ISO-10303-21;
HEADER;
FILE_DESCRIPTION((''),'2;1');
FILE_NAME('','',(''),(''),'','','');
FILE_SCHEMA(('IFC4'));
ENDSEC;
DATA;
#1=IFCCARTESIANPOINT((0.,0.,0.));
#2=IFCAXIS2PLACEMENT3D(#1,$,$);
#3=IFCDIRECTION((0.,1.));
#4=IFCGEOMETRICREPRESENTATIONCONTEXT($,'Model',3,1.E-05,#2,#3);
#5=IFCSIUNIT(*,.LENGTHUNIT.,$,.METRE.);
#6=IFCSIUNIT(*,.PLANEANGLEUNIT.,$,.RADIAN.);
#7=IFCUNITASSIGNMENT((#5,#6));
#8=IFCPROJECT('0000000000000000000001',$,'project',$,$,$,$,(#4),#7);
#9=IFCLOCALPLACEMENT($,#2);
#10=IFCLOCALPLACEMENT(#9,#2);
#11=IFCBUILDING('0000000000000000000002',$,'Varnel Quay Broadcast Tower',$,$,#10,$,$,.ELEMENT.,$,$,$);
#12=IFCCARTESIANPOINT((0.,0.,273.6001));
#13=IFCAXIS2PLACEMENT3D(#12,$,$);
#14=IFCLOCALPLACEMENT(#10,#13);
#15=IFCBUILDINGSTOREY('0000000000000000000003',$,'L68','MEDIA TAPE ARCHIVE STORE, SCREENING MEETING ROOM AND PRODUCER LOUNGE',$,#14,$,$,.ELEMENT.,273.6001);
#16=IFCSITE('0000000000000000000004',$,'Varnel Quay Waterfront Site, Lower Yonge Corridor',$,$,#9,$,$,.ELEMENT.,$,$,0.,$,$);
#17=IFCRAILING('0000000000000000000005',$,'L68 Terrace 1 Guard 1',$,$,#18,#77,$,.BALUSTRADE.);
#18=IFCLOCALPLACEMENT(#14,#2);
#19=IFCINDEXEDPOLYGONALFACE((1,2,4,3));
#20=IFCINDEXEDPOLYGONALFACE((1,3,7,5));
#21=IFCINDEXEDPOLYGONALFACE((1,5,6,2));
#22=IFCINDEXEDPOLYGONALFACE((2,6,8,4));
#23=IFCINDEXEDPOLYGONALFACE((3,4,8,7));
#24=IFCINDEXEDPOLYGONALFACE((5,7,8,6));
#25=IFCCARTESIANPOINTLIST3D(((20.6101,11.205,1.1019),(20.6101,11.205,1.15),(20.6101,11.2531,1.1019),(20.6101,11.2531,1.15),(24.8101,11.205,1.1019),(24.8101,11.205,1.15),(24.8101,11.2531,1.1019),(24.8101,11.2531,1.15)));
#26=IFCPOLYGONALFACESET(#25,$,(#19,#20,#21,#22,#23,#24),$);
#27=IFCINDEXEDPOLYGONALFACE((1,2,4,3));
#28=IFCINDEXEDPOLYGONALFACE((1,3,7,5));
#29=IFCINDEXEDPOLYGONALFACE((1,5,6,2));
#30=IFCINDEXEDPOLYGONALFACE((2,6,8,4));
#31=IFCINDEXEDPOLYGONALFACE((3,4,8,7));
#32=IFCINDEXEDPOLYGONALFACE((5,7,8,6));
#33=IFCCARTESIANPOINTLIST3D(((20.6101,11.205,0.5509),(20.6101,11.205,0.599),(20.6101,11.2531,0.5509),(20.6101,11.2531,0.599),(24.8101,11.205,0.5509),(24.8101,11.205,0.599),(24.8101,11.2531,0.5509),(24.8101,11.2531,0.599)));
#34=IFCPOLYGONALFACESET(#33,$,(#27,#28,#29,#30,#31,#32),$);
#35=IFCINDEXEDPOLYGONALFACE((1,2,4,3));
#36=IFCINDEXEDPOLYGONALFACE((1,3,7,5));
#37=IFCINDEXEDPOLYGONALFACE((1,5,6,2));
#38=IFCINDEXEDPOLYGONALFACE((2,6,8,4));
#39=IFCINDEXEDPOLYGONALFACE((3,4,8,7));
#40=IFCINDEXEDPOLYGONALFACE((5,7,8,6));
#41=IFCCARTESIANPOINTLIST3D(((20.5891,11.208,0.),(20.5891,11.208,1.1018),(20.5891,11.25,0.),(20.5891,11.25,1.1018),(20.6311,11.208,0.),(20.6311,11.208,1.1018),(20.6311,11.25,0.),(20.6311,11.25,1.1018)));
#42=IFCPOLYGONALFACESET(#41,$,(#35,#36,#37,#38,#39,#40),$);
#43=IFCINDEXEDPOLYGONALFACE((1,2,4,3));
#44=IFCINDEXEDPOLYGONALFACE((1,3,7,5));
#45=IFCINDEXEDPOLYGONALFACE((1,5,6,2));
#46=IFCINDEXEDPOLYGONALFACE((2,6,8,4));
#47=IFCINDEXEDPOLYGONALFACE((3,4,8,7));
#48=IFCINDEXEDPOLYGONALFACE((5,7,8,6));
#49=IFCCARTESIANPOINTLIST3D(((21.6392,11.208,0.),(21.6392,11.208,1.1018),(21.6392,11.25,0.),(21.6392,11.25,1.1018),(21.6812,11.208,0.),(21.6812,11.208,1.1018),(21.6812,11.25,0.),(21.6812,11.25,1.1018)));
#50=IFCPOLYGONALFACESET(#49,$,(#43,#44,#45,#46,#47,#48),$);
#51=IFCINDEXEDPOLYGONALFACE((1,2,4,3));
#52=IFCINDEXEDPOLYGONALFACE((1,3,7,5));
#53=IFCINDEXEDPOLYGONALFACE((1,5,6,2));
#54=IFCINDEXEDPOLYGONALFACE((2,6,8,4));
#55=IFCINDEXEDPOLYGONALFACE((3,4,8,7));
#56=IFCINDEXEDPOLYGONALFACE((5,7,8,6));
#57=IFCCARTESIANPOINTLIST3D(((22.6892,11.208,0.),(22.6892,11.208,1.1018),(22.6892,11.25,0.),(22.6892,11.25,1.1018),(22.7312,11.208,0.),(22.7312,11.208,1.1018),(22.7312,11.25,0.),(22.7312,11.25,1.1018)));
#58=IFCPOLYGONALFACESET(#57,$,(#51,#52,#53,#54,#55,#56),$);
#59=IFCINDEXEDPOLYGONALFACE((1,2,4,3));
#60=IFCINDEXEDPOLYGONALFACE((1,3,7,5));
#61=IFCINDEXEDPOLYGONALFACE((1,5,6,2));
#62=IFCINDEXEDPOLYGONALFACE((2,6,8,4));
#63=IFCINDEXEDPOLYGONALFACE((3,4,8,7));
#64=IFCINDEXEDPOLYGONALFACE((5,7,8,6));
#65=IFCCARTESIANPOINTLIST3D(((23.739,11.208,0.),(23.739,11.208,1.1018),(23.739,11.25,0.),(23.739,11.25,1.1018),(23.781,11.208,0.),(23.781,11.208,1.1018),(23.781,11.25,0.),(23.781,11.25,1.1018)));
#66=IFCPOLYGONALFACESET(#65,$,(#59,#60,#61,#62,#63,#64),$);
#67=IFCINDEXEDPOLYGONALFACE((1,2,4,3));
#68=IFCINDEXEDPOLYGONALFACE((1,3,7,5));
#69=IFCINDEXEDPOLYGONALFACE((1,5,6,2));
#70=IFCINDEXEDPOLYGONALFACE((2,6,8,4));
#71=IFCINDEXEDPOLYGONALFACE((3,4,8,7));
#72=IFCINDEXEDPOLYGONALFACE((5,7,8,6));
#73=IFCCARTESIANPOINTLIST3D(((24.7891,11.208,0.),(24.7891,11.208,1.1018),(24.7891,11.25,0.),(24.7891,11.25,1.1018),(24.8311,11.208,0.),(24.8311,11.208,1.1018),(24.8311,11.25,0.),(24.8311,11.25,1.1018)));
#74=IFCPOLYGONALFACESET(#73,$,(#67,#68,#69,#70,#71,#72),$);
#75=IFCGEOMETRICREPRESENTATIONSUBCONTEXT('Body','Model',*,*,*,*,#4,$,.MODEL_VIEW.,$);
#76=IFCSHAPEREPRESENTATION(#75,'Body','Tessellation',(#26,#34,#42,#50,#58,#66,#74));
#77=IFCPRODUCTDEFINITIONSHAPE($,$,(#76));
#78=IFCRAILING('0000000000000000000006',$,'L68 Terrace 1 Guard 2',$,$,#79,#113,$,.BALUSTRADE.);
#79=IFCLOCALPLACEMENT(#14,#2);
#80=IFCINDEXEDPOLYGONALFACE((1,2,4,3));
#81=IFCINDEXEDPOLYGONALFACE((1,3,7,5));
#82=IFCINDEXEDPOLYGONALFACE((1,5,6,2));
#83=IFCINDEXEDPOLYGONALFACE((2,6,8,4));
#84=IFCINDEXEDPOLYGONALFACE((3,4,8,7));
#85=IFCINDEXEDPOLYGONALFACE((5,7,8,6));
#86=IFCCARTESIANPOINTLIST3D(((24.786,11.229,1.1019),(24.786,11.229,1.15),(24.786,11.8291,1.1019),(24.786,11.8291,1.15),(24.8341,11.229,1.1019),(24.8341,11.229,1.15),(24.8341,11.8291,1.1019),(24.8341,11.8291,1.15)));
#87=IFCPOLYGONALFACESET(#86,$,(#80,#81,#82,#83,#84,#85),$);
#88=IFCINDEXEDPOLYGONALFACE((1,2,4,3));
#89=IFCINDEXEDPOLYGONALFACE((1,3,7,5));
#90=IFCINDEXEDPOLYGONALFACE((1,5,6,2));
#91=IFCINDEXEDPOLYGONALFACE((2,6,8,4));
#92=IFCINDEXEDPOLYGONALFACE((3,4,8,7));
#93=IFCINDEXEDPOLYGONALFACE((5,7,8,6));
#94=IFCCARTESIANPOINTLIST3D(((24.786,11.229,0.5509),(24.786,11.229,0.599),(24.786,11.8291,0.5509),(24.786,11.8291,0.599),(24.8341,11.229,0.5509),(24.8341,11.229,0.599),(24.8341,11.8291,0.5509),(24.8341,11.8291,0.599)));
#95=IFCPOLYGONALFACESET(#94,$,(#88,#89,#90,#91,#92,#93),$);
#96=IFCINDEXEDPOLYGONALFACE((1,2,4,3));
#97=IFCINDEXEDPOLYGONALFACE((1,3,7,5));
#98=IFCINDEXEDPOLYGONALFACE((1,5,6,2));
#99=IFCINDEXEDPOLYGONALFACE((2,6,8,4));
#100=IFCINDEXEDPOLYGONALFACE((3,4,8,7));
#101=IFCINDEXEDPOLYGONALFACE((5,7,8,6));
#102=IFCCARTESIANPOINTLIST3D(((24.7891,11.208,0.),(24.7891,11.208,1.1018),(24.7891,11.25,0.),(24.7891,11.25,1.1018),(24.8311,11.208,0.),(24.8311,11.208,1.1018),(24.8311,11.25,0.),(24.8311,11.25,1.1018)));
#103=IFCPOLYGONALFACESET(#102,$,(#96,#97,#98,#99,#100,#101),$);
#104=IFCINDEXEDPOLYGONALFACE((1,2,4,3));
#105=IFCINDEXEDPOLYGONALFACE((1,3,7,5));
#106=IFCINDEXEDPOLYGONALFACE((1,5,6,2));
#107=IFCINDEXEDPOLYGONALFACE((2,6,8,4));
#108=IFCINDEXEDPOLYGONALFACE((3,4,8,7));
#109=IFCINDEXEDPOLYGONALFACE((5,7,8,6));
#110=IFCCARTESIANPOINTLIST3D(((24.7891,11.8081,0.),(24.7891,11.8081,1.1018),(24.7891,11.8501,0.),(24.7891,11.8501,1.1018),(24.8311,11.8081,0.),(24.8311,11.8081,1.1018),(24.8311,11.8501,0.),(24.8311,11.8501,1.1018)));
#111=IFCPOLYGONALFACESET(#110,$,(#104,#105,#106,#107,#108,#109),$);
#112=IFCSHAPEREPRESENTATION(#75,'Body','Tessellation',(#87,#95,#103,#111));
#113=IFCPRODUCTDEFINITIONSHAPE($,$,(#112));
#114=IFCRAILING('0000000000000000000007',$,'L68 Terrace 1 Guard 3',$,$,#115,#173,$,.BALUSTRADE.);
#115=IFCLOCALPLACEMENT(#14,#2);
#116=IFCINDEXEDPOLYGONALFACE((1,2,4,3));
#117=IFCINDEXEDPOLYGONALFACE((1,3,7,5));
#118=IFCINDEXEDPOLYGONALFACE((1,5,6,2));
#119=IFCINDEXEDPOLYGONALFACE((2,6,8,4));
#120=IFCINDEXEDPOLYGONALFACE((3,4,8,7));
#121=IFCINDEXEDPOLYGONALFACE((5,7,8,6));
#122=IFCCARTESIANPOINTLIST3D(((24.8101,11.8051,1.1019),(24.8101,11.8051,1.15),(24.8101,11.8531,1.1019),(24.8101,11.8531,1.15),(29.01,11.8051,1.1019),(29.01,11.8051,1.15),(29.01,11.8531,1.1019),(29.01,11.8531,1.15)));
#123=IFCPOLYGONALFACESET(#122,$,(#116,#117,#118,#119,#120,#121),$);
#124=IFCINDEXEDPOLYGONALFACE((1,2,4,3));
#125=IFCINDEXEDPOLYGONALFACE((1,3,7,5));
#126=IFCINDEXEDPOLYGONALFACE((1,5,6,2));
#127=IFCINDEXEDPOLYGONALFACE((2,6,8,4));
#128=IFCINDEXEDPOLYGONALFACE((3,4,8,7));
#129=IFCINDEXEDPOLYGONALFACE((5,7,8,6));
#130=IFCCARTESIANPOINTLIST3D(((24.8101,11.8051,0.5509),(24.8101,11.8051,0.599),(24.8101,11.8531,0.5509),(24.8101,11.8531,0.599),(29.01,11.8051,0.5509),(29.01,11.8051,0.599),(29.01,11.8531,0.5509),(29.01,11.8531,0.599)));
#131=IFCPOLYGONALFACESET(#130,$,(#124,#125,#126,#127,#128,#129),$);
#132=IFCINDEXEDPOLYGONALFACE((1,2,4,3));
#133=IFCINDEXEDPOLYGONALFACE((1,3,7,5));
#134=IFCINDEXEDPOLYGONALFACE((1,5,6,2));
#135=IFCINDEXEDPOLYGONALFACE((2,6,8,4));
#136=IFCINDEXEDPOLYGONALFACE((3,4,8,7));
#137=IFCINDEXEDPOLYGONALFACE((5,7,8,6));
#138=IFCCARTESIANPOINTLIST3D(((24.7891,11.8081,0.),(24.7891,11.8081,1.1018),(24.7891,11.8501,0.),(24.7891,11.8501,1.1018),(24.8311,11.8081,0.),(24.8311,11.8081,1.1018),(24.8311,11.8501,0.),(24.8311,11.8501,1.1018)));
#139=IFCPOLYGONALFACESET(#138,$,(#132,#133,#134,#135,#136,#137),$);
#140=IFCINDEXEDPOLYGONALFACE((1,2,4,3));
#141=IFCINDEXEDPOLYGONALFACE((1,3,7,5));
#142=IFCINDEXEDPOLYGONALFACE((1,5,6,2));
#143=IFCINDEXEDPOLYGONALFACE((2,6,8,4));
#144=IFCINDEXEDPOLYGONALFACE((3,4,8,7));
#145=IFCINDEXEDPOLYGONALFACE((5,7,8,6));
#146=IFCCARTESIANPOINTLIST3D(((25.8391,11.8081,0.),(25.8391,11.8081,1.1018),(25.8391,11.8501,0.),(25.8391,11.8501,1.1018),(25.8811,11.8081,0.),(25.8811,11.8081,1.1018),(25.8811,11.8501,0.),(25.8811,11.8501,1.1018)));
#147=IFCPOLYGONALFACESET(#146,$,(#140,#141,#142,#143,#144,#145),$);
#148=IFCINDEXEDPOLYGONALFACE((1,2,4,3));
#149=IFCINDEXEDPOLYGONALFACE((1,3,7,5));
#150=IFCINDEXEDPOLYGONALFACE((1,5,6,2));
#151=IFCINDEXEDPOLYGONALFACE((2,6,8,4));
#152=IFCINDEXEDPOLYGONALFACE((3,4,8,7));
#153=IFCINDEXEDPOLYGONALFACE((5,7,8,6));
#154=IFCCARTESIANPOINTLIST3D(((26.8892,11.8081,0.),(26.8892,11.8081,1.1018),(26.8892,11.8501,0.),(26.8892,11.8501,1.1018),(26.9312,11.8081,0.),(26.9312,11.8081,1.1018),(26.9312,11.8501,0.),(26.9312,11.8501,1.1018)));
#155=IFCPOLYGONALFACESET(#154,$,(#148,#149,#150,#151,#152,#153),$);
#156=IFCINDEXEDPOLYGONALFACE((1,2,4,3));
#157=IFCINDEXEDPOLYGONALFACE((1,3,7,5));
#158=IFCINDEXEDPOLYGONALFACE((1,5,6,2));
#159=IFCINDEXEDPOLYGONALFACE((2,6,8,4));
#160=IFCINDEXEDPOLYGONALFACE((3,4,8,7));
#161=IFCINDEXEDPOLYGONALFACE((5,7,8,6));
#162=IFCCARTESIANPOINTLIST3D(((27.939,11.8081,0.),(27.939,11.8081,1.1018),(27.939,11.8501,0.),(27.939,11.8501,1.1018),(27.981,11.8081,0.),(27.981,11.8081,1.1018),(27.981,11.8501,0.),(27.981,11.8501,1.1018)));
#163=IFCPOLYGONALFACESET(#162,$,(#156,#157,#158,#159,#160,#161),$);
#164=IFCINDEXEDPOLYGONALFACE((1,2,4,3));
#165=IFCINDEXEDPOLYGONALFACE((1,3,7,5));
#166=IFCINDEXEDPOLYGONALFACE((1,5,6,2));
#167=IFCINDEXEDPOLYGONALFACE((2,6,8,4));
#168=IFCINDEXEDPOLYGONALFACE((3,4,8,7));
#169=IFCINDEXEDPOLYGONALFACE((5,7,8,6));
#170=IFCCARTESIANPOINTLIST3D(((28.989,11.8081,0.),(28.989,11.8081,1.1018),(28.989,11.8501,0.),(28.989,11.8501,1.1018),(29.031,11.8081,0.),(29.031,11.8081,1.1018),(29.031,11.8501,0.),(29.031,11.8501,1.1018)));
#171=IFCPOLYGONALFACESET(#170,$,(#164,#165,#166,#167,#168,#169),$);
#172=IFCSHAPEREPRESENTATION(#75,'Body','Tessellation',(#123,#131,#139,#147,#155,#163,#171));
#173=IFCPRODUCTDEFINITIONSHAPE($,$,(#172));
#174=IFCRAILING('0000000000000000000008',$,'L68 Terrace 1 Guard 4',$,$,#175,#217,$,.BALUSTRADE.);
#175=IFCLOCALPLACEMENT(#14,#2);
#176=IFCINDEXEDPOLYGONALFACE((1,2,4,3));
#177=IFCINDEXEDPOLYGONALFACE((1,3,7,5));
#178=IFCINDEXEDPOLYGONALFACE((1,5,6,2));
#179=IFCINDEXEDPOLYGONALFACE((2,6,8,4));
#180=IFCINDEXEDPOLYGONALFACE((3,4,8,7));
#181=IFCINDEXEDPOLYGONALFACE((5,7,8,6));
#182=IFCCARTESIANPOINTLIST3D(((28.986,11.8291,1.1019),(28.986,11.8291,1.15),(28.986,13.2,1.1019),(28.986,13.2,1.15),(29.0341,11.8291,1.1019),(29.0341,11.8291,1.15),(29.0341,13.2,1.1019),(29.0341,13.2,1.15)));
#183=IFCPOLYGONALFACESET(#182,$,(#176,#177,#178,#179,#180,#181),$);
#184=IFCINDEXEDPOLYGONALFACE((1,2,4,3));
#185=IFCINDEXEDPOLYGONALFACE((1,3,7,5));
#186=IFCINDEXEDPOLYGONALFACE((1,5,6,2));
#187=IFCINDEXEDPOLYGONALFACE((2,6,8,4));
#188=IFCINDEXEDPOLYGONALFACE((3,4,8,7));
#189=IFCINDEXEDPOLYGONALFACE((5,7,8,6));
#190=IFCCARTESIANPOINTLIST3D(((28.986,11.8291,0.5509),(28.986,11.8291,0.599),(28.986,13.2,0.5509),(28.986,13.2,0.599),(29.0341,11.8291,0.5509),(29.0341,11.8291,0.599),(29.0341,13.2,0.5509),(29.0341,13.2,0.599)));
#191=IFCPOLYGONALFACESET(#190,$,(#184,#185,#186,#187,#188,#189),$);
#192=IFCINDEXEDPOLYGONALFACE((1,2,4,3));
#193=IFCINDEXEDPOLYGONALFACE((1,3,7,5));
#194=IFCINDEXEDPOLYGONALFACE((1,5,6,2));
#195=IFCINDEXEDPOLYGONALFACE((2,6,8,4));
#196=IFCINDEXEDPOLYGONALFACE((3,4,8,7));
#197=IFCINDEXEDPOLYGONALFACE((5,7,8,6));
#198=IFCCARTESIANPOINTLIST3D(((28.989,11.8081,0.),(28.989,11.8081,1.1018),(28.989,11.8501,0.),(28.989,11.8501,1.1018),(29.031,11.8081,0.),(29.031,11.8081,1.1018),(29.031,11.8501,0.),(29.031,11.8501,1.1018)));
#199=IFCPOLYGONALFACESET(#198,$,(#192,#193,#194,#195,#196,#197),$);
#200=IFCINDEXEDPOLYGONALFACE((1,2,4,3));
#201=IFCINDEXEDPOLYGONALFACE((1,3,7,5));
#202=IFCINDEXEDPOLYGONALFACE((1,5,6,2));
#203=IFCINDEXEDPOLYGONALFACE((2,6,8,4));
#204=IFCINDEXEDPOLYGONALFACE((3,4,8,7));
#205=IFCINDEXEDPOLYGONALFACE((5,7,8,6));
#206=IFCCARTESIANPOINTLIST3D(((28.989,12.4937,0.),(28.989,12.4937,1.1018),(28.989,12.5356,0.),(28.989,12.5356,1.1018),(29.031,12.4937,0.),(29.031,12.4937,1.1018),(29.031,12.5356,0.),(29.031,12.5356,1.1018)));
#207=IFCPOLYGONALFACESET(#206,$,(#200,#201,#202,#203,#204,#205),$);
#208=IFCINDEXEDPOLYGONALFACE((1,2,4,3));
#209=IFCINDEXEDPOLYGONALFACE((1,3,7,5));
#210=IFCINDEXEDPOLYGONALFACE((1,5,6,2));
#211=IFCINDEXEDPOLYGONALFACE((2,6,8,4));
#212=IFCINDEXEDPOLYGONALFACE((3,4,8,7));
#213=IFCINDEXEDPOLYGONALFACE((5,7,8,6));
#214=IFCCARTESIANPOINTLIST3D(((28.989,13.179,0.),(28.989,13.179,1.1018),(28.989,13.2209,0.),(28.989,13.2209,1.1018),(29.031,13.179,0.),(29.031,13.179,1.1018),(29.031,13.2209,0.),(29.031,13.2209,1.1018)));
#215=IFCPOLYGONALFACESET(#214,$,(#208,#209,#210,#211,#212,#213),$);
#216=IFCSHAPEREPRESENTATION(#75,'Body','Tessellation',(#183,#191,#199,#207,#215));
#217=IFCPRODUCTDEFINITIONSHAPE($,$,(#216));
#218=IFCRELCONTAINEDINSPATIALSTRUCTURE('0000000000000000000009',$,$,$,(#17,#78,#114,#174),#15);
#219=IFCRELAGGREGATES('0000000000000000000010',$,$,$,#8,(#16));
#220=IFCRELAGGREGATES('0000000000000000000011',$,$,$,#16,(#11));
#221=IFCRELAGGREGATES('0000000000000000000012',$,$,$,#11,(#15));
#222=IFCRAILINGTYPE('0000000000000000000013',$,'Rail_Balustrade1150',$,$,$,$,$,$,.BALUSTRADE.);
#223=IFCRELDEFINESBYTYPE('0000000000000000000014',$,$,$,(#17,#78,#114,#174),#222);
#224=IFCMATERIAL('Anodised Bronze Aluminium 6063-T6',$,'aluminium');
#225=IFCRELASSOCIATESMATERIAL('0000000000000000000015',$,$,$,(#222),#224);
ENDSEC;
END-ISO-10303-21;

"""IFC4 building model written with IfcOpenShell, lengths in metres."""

from ifc_helpers import new_model, si_unit, direction, frame, origin, origin_2d, place, context, subcontext, project, spatial, rectangle, extrude, material, type_object, element, save


model = new_model("IFC4")

# Units and contexts
model_context = context("Model", 3, precision=1e-05, world=origin(), true_north=direction((0.0, 1.0)))
body_context = subcontext(model_context, "Body", "Model", "MODEL_VIEW")
ifc_project = project(units=[si_unit("LENGTHUNIT", "METRE"), si_unit("PLANEANGLEUNIT", "RADIAN")], contexts=[model_context])

# Site, building, storey
site_placement = place(None, origin())
site = spatial("IfcSite", under=ifc_project, at=site_placement, Name="Varnel Quay Waterfront Site, Lower Yonge Corridor", CompositionType="ELEMENT", RefElevation=0.0)
building_placement = place(site_placement, origin())
building = spatial("IfcBuilding", under=site, at=building_placement, Name="Varnel Quay Broadcast Tower", CompositionType="ELEMENT")
storey_placement = place(building_placement, frame((0.0, 0.0, 273.6001)))
storey = spatial("IfcBuildingStorey", under=building, at=storey_placement, Name="L68", Description="MEDIA TAPE ARCHIVE STORE, SCREENING MEETING ROOM AND PRODUCER LOUNGE", CompositionType="ELEMENT", Elevation=273.6001)

# Shared definitions
ifc_material_1 = material(Name="Anodised Bronze Aluminium 6063-T6", Category="aluminium")

# Railings
railing_type = type_object("IfcRailingType", Name="Rail_Balustrade1150", PredefinedType="BALUSTRADE", material=ifc_material_1)
railing_1_placement = place(storey_placement, frame((20.6101, 11.229, 0.0)))
element("IfcRailing", 1, at=railing_1_placement, inside=storey, type_object=railing_type, Name="L68 Terrace 1 Guard 1", PredefinedType="BALUSTRADE", context=body_context, shape_type="SweptSolid", body=[
    extrude(rectangle(XDim=0.0481, YDim=0.0481, at=origin_2d()), frame((0.0, 0.0, 1.126), z_axis=(1.0, 0.0, 0.0), x_axis=(0.0, 1.0, 0.0)), (0.0, 0.0, 1.0), 4.2),
    extrude(rectangle(XDim=0.0481, YDim=0.0481, at=origin_2d()), frame((0.0, 0.0, 0.575), z_axis=(1.0, 0.0, 0.0), x_axis=(0.0, 1.0, 0.0)), (0.0, 0.0, 1.0), 4.2),
    extrude(rectangle(XDim=0.042, YDim=0.042, at=origin_2d()), origin(), (0.0, 0.0, 1.0), 1.1018),
    extrude(rectangle(XDim=0.042, YDim=0.042, at=origin_2d()), frame((1.05, 0.0, 0.0)), (0.0, 0.0, 1.0), 1.1018),
    extrude(rectangle(XDim=0.042, YDim=0.042, at=origin_2d()), frame((2.1001, 0.0, 0.0)), (0.0, 0.0, 1.0), 1.1018),
    extrude(rectangle(XDim=0.042, YDim=0.042, at=origin_2d()), frame((3.1499, 0.0, 0.0)), (0.0, 0.0, 1.0), 1.1018),
    extrude(rectangle(XDim=0.042, YDim=0.042, at=origin_2d()), frame((4.2, 0.0, 0.0)), (0.0, 0.0, 1.0), 1.1018),
])
railing_2_placement = place(storey_placement, frame((24.8101, 11.229, 0.0)))
element("IfcRailing", 2, at=railing_2_placement, inside=storey, type_object=railing_type, Name="L68 Terrace 1 Guard 2", PredefinedType="BALUSTRADE", context=body_context, shape_type="SweptSolid", body=[
    extrude(rectangle(XDim=0.0481, YDim=0.0481, at=origin_2d()), frame((0.0, 0.0, 1.126), z_axis=(0.0, 1.0, 0.0), x_axis=(-1.0, 0.0, 0.0)), (0.0, 0.0, 1.0), 0.6001),
    extrude(rectangle(XDim=0.0481, YDim=0.0481, at=origin_2d()), frame((0.0, 0.0, 0.575), z_axis=(0.0, 1.0, 0.0), x_axis=(-1.0, 0.0, 0.0)), (0.0, 0.0, 1.0), 0.6001),
    extrude(rectangle(XDim=0.042, YDim=0.042, at=origin_2d()), origin(), (0.0, 0.0, 1.0), 1.1018),
    extrude(rectangle(XDim=0.042, YDim=0.042, at=origin_2d()), frame((0.0, 0.6001, 0.0)), (0.0, 0.0, 1.0), 1.1018),
])
railing_3_placement = place(storey_placement, frame((24.8101, 11.8291, 0.0)))
element("IfcRailing", 3, at=railing_3_placement, inside=storey, type_object=railing_type, Name="L68 Terrace 1 Guard 3", PredefinedType="BALUSTRADE", context=body_context, shape_type="SweptSolid", body=[
    extrude(rectangle(XDim=0.0481, YDim=0.0481, at=origin_2d()), frame((0.0, 0.0, 1.126), z_axis=(1.0, 0.0, 0.0), x_axis=(0.0, 1.0, 0.0)), (0.0, 0.0, 1.0), 4.2),
    extrude(rectangle(XDim=0.0481, YDim=0.0481, at=origin_2d()), frame((0.0, 0.0, 0.575), z_axis=(1.0, 0.0, 0.0), x_axis=(0.0, 1.0, 0.0)), (0.0, 0.0, 1.0), 4.2),
    extrude(rectangle(XDim=0.042, YDim=0.042, at=origin_2d()), origin(), (0.0, 0.0, 1.0), 1.1018),
    extrude(rectangle(XDim=0.042, YDim=0.042, at=origin_2d()), frame((1.05, 0.0, 0.0)), (0.0, 0.0, 1.0), 1.1018),
    extrude(rectangle(XDim=0.042, YDim=0.042, at=origin_2d()), frame((2.1001, 0.0, 0.0)), (0.0, 0.0, 1.0), 1.1018),
    extrude(rectangle(XDim=0.042, YDim=0.042, at=origin_2d()), frame((3.1499, 0.0, 0.0)), (0.0, 0.0, 1.0), 1.1018),
    extrude(rectangle(XDim=0.042, YDim=0.042, at=origin_2d()), frame((4.2, 0.0, 0.0)), (0.0, 0.0, 1.0), 1.1018),
])
railing_4_placement = place(storey_placement, frame((29.01, 11.8291, 0.0)))
element("IfcRailing", 4, at=railing_4_placement, inside=storey, type_object=railing_type, Name="L68 Terrace 1 Guard 4", PredefinedType="BALUSTRADE", context=body_context, shape_type="SweptSolid", body=[
    extrude(rectangle(XDim=0.0481, YDim=0.0481, at=origin_2d()), frame((0.0, 0.0, 1.126), z_axis=(0.0, 1.0, 0.0), x_axis=(-1.0, 0.0, 0.0)), (0.0, 0.0, 1.0), 1.3708),
    extrude(rectangle(XDim=0.0481, YDim=0.0481, at=origin_2d()), frame((0.0, 0.0, 0.575), z_axis=(0.0, 1.0, 0.0), x_axis=(-1.0, 0.0, 0.0)), (0.0, 0.0, 1.0), 1.3708),
    extrude(rectangle(XDim=0.042, YDim=0.042, at=origin_2d()), origin(), (0.0, 0.0, 1.0), 1.1018),
    extrude(rectangle(XDim=0.042, YDim=0.042, at=origin_2d()), frame((0.0, 0.6855, 0.0)), (0.0, 0.0, 1.0), 1.1018),
    extrude(rectangle(XDim=0.042, YDim=0.042, at=origin_2d()), frame((0.0, 1.3708, 0.0)), (0.0, 0.0, 1.0), 1.1018),
])

save(model, "model.ifc")
